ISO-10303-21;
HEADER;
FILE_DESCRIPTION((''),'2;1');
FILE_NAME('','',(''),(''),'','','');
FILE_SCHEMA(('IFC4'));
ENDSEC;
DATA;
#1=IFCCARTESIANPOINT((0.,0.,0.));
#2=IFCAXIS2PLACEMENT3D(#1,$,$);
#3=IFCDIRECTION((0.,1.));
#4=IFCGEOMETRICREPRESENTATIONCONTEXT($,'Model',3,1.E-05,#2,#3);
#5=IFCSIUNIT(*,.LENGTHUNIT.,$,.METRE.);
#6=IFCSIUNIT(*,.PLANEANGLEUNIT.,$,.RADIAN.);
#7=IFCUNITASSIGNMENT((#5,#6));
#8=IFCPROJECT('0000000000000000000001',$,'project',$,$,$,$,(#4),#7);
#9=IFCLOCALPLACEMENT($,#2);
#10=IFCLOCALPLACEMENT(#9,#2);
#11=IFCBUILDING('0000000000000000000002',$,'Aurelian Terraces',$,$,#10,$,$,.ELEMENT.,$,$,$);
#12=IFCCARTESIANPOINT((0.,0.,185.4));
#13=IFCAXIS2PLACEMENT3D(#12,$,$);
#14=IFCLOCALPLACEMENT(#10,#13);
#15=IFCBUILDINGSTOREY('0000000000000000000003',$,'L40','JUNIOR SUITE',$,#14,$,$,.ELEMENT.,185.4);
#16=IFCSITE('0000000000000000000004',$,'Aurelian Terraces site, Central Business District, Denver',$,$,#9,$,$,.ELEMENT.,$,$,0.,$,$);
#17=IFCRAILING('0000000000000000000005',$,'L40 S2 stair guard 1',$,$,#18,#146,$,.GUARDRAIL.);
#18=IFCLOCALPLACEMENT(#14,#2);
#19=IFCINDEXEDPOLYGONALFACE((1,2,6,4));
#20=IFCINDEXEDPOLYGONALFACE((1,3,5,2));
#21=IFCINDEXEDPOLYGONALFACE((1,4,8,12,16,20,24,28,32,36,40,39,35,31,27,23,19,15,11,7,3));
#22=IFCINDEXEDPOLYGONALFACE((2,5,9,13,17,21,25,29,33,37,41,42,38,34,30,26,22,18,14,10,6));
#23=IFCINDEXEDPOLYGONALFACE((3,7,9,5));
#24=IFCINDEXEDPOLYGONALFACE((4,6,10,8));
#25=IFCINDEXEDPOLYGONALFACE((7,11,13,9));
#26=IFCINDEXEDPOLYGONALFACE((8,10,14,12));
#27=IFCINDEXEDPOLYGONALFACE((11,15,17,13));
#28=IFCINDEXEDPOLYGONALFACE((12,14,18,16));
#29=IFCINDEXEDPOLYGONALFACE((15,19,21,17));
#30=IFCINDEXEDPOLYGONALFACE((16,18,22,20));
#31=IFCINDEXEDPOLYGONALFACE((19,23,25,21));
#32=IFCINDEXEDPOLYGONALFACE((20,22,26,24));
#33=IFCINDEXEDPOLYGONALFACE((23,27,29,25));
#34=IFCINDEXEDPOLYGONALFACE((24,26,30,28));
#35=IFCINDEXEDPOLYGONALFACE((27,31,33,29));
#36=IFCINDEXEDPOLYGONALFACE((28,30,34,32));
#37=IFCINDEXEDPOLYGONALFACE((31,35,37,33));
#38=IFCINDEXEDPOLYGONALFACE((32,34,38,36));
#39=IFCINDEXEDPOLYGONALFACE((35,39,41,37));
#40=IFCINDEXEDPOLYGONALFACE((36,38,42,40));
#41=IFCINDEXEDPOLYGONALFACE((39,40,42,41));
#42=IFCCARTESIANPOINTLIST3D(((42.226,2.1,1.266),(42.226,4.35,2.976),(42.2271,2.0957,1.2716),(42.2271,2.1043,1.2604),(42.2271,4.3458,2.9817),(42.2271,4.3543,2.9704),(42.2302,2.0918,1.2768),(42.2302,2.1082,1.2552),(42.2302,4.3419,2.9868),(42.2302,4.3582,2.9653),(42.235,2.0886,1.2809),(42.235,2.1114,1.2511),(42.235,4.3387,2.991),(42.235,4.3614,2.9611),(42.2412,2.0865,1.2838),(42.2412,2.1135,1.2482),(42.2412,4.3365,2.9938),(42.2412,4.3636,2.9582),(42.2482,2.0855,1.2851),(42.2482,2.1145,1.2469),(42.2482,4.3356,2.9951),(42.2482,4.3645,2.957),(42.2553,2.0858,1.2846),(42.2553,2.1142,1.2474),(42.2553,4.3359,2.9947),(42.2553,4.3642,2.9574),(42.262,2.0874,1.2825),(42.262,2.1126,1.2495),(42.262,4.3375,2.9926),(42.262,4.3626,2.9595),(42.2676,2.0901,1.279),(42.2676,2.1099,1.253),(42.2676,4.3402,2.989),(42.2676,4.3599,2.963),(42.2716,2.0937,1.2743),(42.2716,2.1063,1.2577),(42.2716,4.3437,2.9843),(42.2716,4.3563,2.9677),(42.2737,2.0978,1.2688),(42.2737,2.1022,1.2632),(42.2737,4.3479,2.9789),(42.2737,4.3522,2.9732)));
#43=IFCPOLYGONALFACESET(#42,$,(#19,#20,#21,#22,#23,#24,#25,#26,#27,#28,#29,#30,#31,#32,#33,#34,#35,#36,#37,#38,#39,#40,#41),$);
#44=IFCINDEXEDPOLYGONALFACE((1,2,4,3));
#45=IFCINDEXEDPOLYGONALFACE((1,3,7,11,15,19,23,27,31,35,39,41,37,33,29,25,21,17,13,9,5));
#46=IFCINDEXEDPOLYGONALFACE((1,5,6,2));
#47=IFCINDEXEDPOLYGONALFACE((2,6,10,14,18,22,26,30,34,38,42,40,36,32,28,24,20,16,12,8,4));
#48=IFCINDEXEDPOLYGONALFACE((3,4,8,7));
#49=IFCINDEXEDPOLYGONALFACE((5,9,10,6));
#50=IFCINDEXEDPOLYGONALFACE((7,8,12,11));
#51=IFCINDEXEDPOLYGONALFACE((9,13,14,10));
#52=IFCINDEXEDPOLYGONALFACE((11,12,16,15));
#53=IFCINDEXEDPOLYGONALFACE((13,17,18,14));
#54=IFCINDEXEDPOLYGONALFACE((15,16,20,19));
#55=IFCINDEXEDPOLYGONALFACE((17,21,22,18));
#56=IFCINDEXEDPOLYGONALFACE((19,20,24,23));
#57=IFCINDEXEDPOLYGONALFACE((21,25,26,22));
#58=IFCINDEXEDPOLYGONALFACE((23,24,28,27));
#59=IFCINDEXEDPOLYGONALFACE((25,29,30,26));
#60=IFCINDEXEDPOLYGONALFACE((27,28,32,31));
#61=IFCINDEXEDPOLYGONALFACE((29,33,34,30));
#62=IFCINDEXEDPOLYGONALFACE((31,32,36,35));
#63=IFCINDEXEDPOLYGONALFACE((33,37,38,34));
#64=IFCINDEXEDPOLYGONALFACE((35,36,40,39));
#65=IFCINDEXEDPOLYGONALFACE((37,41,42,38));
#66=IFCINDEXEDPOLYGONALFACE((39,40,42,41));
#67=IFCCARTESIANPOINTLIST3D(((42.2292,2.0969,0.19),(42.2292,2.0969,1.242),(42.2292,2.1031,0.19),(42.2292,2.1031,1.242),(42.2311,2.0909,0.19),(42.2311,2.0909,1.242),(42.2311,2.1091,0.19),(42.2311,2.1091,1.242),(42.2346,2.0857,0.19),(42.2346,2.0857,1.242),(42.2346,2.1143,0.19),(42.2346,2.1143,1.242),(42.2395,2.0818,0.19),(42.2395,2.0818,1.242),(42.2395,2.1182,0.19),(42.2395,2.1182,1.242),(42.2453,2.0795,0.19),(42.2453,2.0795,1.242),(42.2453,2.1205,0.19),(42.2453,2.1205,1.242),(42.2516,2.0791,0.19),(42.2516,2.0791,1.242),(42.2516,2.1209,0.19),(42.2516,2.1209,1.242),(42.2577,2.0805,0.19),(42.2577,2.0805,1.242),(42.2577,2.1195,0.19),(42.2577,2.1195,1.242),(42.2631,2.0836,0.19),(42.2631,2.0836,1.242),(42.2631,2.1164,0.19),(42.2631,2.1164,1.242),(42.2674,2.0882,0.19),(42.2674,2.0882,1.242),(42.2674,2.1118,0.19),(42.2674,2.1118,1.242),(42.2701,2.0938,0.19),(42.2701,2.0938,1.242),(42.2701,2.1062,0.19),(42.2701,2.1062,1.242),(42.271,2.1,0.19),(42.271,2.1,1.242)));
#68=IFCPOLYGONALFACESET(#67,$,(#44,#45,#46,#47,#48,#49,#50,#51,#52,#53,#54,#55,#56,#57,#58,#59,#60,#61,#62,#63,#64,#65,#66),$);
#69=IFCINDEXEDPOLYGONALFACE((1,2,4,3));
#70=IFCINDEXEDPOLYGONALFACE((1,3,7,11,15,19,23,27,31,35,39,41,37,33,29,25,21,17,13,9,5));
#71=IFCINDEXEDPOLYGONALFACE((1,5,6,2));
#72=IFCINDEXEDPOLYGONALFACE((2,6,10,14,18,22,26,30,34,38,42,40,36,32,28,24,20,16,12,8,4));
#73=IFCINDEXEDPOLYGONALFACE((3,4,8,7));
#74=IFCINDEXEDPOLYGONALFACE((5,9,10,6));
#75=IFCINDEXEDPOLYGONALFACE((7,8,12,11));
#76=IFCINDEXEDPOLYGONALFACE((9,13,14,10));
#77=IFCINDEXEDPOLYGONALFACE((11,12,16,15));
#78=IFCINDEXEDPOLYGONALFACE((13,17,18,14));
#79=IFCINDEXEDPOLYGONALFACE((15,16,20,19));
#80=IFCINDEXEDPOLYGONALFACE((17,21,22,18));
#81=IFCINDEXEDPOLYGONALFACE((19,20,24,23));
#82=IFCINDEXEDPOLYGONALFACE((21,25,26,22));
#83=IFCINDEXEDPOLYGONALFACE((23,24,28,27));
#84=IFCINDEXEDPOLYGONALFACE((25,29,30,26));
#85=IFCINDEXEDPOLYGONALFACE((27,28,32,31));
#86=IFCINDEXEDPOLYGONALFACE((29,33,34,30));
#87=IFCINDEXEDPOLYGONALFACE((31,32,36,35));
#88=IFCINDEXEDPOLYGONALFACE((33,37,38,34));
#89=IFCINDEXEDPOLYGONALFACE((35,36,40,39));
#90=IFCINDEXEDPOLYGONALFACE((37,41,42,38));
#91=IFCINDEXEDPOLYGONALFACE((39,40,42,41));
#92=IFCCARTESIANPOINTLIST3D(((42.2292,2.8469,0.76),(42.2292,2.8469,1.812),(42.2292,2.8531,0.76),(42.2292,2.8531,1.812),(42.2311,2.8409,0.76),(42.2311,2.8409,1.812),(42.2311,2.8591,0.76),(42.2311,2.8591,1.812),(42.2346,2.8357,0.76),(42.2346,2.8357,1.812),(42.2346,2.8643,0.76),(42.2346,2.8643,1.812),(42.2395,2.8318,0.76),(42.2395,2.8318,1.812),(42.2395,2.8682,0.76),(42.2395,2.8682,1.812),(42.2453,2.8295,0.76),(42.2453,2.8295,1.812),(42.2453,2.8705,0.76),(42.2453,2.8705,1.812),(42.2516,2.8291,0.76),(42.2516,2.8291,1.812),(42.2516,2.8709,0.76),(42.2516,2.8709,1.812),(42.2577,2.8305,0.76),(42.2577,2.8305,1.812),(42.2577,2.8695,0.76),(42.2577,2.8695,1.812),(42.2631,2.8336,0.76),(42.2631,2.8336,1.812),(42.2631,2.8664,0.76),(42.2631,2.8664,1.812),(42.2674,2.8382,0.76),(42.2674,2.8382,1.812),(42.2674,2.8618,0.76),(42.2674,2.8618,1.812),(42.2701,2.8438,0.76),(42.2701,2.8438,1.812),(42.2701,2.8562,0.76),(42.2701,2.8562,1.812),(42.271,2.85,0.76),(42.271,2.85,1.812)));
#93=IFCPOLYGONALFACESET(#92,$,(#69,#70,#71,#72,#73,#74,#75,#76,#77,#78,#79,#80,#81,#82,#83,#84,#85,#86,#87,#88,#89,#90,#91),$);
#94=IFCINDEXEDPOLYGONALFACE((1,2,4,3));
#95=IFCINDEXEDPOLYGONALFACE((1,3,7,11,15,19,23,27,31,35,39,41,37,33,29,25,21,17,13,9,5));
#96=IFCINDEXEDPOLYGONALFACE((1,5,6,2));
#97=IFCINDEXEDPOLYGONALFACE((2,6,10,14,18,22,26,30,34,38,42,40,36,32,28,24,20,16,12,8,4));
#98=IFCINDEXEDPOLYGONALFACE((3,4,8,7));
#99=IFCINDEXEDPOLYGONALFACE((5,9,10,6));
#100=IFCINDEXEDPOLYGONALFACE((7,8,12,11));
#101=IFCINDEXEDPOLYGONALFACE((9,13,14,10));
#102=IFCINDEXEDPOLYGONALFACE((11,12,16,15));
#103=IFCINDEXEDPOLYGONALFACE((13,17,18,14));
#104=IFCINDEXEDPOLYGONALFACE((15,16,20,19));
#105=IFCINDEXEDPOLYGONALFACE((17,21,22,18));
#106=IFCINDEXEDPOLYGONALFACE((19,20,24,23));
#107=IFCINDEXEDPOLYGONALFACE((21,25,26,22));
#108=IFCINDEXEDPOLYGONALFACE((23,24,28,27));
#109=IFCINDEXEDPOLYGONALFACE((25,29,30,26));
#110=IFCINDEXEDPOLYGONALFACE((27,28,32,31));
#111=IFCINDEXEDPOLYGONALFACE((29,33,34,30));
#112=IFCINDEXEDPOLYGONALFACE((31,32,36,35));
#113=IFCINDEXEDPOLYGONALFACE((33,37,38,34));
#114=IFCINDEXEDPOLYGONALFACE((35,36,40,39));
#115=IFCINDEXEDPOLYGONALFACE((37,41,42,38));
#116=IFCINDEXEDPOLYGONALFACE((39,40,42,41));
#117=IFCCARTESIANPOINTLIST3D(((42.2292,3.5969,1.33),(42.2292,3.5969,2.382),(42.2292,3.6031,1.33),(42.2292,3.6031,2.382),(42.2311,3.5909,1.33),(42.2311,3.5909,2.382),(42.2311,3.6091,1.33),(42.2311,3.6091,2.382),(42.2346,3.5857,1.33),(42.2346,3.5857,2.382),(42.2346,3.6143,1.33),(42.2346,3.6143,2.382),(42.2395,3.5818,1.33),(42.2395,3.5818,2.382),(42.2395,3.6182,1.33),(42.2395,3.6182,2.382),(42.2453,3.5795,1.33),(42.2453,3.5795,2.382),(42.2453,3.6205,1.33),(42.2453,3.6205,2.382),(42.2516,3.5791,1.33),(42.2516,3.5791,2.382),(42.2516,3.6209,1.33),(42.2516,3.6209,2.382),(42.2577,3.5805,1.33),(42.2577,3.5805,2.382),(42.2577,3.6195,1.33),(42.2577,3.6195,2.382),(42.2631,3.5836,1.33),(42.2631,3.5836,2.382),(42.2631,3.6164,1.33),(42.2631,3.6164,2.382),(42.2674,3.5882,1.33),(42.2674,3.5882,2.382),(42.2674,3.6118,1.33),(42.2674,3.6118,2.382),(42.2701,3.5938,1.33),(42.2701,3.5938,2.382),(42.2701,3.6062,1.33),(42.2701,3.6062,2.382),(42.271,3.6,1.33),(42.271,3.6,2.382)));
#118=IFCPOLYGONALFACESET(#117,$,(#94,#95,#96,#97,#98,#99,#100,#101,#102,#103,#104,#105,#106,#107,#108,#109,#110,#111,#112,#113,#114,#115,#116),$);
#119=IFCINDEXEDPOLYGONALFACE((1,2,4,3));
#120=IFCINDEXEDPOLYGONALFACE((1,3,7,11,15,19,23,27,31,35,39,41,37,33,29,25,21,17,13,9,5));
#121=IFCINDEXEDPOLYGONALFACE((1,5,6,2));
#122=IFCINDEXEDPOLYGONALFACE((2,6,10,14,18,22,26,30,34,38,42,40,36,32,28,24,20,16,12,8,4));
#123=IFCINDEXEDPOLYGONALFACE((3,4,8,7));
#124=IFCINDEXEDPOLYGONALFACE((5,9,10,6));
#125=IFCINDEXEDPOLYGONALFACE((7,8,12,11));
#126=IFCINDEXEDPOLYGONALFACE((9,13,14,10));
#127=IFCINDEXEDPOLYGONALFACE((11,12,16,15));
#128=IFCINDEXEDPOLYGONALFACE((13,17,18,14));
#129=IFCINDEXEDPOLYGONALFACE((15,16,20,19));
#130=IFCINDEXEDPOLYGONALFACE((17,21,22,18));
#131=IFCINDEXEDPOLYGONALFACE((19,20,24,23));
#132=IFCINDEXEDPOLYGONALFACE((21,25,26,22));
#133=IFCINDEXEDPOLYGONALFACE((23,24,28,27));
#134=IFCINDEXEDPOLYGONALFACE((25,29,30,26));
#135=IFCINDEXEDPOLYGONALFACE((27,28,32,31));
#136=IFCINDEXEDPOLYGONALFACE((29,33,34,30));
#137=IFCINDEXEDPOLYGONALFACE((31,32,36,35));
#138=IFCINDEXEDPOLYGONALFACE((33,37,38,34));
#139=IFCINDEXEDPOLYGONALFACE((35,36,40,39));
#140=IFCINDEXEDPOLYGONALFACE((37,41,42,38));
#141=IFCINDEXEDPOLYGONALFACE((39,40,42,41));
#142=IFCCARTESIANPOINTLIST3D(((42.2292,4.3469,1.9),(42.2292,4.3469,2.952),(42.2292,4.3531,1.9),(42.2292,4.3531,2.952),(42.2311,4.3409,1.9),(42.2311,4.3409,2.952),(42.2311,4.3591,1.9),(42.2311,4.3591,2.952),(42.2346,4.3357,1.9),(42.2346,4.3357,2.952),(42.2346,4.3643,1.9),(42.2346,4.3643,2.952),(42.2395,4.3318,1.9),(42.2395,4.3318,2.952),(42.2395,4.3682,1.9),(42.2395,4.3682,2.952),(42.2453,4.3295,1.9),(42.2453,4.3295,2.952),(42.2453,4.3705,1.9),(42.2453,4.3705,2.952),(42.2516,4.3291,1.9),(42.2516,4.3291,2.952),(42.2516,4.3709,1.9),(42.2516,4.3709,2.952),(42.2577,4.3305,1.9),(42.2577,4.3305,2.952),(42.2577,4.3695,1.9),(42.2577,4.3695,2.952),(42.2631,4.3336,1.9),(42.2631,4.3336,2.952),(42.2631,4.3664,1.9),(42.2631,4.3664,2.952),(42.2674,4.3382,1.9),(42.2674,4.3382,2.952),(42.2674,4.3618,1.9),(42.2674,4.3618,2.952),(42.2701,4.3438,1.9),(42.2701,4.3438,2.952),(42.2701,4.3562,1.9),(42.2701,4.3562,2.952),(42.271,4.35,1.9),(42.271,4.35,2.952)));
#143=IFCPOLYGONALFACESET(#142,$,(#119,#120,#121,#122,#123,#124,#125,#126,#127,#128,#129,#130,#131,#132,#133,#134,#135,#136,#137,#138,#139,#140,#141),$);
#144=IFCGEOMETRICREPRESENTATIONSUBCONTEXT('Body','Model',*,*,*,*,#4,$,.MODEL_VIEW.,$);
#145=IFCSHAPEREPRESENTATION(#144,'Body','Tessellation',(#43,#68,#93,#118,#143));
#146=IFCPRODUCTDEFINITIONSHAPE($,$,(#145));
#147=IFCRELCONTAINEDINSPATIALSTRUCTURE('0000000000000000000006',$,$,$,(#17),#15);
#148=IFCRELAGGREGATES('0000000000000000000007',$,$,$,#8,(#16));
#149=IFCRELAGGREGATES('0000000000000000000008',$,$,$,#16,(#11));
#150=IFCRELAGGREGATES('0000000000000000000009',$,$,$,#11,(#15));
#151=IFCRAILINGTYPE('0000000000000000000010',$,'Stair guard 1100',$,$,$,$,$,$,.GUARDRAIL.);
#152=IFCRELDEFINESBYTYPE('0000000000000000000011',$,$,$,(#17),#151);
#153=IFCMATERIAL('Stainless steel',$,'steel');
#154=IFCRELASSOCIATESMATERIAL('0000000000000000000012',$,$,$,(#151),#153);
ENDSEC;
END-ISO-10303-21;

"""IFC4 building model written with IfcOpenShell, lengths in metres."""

from ifc_helpers import new_model, si_unit, direction, frame, origin, origin_2d, place, context, subcontext, project, spatial, circle, extrude, source, transform, mapped, material, type_object, element, save


model = new_model("IFC4")

# Units and contexts
model_context = context("Model", 3, precision=1e-05, world=origin(), true_north=direction((0.0, 1.0)))
body_context = subcontext(model_context, "Body", "Model", "MODEL_VIEW")
ifc_project = project(units=[si_unit("LENGTHUNIT", "METRE"), si_unit("PLANEANGLEUNIT", "RADIAN")], contexts=[model_context])

# Site, building, storey
site_placement = place(None, origin())
site = spatial("IfcSite", under=ifc_project, at=site_placement, Name="Aurelian Terraces site, Central Business District, Denver", CompositionType="ELEMENT", RefElevation=0.0)
building_placement = place(site_placement, origin())
building = spatial("IfcBuilding", under=site, at=building_placement, Name="Aurelian Terraces", CompositionType="ELEMENT")
storey_placement = place(building_placement, frame((0.0, 0.0, 185.4)))
storey = spatial("IfcBuildingStorey", under=building, at=storey_placement, Name="L40", Description="JUNIOR SUITE", CompositionType="ELEMENT", Elevation=185.4)

# Railing
ifc_material_1 = material(Name="Stainless steel", Category="steel")
railing_type_1 = type_object("IfcRailingType", Name="Stair guard 1100", PredefinedType="GUARDRAIL", material=ifc_material_1)
shared_shape_1 = source(origin(), body_context, "Body", "SweptSolid", [
    extrude(circle(Radius=0.024, at=origin_2d()), frame((0.0, 0.0, 1.076), z_axis=(0.0, 0.796162, 0.605083), x_axis=(-1.0, 0.0, 0.0)), (0.0, 0.0, 1.0), 2.8261),
    extrude(circle(Radius=0.021, at=origin_2d()), origin(), (0.0, 0.0, 1.0), 1.052),
    extrude(circle(Radius=0.021, at=origin_2d()), frame((0.0, 0.75, 0.57)), (0.0, 0.0, 1.0), 1.052),
    extrude(circle(Radius=0.021, at=origin_2d()), frame((0.0, 1.5, 1.14)), (0.0, 0.0, 1.0), 1.052),
    extrude(circle(Radius=0.021, at=origin_2d()), frame((0.0, 2.25, 1.71)), (0.0, 0.0, 1.0), 1.052),
])
railing_1_placement = place(storey_placement, frame((42.25, 2.1, 0.19)))
element("IfcRailing", 1, at=railing_1_placement, inside=storey, type_object=railing_type_1, Name="L40 S2 stair guard 1", PredefinedType="GUARDRAIL", context=body_context, shape_type="MappedRepresentation", body=[
    mapped(shared_shape_1, transform((0.0, 0.0, 0.0), scale=1.0)),
])

save(model, "model.ifc")
